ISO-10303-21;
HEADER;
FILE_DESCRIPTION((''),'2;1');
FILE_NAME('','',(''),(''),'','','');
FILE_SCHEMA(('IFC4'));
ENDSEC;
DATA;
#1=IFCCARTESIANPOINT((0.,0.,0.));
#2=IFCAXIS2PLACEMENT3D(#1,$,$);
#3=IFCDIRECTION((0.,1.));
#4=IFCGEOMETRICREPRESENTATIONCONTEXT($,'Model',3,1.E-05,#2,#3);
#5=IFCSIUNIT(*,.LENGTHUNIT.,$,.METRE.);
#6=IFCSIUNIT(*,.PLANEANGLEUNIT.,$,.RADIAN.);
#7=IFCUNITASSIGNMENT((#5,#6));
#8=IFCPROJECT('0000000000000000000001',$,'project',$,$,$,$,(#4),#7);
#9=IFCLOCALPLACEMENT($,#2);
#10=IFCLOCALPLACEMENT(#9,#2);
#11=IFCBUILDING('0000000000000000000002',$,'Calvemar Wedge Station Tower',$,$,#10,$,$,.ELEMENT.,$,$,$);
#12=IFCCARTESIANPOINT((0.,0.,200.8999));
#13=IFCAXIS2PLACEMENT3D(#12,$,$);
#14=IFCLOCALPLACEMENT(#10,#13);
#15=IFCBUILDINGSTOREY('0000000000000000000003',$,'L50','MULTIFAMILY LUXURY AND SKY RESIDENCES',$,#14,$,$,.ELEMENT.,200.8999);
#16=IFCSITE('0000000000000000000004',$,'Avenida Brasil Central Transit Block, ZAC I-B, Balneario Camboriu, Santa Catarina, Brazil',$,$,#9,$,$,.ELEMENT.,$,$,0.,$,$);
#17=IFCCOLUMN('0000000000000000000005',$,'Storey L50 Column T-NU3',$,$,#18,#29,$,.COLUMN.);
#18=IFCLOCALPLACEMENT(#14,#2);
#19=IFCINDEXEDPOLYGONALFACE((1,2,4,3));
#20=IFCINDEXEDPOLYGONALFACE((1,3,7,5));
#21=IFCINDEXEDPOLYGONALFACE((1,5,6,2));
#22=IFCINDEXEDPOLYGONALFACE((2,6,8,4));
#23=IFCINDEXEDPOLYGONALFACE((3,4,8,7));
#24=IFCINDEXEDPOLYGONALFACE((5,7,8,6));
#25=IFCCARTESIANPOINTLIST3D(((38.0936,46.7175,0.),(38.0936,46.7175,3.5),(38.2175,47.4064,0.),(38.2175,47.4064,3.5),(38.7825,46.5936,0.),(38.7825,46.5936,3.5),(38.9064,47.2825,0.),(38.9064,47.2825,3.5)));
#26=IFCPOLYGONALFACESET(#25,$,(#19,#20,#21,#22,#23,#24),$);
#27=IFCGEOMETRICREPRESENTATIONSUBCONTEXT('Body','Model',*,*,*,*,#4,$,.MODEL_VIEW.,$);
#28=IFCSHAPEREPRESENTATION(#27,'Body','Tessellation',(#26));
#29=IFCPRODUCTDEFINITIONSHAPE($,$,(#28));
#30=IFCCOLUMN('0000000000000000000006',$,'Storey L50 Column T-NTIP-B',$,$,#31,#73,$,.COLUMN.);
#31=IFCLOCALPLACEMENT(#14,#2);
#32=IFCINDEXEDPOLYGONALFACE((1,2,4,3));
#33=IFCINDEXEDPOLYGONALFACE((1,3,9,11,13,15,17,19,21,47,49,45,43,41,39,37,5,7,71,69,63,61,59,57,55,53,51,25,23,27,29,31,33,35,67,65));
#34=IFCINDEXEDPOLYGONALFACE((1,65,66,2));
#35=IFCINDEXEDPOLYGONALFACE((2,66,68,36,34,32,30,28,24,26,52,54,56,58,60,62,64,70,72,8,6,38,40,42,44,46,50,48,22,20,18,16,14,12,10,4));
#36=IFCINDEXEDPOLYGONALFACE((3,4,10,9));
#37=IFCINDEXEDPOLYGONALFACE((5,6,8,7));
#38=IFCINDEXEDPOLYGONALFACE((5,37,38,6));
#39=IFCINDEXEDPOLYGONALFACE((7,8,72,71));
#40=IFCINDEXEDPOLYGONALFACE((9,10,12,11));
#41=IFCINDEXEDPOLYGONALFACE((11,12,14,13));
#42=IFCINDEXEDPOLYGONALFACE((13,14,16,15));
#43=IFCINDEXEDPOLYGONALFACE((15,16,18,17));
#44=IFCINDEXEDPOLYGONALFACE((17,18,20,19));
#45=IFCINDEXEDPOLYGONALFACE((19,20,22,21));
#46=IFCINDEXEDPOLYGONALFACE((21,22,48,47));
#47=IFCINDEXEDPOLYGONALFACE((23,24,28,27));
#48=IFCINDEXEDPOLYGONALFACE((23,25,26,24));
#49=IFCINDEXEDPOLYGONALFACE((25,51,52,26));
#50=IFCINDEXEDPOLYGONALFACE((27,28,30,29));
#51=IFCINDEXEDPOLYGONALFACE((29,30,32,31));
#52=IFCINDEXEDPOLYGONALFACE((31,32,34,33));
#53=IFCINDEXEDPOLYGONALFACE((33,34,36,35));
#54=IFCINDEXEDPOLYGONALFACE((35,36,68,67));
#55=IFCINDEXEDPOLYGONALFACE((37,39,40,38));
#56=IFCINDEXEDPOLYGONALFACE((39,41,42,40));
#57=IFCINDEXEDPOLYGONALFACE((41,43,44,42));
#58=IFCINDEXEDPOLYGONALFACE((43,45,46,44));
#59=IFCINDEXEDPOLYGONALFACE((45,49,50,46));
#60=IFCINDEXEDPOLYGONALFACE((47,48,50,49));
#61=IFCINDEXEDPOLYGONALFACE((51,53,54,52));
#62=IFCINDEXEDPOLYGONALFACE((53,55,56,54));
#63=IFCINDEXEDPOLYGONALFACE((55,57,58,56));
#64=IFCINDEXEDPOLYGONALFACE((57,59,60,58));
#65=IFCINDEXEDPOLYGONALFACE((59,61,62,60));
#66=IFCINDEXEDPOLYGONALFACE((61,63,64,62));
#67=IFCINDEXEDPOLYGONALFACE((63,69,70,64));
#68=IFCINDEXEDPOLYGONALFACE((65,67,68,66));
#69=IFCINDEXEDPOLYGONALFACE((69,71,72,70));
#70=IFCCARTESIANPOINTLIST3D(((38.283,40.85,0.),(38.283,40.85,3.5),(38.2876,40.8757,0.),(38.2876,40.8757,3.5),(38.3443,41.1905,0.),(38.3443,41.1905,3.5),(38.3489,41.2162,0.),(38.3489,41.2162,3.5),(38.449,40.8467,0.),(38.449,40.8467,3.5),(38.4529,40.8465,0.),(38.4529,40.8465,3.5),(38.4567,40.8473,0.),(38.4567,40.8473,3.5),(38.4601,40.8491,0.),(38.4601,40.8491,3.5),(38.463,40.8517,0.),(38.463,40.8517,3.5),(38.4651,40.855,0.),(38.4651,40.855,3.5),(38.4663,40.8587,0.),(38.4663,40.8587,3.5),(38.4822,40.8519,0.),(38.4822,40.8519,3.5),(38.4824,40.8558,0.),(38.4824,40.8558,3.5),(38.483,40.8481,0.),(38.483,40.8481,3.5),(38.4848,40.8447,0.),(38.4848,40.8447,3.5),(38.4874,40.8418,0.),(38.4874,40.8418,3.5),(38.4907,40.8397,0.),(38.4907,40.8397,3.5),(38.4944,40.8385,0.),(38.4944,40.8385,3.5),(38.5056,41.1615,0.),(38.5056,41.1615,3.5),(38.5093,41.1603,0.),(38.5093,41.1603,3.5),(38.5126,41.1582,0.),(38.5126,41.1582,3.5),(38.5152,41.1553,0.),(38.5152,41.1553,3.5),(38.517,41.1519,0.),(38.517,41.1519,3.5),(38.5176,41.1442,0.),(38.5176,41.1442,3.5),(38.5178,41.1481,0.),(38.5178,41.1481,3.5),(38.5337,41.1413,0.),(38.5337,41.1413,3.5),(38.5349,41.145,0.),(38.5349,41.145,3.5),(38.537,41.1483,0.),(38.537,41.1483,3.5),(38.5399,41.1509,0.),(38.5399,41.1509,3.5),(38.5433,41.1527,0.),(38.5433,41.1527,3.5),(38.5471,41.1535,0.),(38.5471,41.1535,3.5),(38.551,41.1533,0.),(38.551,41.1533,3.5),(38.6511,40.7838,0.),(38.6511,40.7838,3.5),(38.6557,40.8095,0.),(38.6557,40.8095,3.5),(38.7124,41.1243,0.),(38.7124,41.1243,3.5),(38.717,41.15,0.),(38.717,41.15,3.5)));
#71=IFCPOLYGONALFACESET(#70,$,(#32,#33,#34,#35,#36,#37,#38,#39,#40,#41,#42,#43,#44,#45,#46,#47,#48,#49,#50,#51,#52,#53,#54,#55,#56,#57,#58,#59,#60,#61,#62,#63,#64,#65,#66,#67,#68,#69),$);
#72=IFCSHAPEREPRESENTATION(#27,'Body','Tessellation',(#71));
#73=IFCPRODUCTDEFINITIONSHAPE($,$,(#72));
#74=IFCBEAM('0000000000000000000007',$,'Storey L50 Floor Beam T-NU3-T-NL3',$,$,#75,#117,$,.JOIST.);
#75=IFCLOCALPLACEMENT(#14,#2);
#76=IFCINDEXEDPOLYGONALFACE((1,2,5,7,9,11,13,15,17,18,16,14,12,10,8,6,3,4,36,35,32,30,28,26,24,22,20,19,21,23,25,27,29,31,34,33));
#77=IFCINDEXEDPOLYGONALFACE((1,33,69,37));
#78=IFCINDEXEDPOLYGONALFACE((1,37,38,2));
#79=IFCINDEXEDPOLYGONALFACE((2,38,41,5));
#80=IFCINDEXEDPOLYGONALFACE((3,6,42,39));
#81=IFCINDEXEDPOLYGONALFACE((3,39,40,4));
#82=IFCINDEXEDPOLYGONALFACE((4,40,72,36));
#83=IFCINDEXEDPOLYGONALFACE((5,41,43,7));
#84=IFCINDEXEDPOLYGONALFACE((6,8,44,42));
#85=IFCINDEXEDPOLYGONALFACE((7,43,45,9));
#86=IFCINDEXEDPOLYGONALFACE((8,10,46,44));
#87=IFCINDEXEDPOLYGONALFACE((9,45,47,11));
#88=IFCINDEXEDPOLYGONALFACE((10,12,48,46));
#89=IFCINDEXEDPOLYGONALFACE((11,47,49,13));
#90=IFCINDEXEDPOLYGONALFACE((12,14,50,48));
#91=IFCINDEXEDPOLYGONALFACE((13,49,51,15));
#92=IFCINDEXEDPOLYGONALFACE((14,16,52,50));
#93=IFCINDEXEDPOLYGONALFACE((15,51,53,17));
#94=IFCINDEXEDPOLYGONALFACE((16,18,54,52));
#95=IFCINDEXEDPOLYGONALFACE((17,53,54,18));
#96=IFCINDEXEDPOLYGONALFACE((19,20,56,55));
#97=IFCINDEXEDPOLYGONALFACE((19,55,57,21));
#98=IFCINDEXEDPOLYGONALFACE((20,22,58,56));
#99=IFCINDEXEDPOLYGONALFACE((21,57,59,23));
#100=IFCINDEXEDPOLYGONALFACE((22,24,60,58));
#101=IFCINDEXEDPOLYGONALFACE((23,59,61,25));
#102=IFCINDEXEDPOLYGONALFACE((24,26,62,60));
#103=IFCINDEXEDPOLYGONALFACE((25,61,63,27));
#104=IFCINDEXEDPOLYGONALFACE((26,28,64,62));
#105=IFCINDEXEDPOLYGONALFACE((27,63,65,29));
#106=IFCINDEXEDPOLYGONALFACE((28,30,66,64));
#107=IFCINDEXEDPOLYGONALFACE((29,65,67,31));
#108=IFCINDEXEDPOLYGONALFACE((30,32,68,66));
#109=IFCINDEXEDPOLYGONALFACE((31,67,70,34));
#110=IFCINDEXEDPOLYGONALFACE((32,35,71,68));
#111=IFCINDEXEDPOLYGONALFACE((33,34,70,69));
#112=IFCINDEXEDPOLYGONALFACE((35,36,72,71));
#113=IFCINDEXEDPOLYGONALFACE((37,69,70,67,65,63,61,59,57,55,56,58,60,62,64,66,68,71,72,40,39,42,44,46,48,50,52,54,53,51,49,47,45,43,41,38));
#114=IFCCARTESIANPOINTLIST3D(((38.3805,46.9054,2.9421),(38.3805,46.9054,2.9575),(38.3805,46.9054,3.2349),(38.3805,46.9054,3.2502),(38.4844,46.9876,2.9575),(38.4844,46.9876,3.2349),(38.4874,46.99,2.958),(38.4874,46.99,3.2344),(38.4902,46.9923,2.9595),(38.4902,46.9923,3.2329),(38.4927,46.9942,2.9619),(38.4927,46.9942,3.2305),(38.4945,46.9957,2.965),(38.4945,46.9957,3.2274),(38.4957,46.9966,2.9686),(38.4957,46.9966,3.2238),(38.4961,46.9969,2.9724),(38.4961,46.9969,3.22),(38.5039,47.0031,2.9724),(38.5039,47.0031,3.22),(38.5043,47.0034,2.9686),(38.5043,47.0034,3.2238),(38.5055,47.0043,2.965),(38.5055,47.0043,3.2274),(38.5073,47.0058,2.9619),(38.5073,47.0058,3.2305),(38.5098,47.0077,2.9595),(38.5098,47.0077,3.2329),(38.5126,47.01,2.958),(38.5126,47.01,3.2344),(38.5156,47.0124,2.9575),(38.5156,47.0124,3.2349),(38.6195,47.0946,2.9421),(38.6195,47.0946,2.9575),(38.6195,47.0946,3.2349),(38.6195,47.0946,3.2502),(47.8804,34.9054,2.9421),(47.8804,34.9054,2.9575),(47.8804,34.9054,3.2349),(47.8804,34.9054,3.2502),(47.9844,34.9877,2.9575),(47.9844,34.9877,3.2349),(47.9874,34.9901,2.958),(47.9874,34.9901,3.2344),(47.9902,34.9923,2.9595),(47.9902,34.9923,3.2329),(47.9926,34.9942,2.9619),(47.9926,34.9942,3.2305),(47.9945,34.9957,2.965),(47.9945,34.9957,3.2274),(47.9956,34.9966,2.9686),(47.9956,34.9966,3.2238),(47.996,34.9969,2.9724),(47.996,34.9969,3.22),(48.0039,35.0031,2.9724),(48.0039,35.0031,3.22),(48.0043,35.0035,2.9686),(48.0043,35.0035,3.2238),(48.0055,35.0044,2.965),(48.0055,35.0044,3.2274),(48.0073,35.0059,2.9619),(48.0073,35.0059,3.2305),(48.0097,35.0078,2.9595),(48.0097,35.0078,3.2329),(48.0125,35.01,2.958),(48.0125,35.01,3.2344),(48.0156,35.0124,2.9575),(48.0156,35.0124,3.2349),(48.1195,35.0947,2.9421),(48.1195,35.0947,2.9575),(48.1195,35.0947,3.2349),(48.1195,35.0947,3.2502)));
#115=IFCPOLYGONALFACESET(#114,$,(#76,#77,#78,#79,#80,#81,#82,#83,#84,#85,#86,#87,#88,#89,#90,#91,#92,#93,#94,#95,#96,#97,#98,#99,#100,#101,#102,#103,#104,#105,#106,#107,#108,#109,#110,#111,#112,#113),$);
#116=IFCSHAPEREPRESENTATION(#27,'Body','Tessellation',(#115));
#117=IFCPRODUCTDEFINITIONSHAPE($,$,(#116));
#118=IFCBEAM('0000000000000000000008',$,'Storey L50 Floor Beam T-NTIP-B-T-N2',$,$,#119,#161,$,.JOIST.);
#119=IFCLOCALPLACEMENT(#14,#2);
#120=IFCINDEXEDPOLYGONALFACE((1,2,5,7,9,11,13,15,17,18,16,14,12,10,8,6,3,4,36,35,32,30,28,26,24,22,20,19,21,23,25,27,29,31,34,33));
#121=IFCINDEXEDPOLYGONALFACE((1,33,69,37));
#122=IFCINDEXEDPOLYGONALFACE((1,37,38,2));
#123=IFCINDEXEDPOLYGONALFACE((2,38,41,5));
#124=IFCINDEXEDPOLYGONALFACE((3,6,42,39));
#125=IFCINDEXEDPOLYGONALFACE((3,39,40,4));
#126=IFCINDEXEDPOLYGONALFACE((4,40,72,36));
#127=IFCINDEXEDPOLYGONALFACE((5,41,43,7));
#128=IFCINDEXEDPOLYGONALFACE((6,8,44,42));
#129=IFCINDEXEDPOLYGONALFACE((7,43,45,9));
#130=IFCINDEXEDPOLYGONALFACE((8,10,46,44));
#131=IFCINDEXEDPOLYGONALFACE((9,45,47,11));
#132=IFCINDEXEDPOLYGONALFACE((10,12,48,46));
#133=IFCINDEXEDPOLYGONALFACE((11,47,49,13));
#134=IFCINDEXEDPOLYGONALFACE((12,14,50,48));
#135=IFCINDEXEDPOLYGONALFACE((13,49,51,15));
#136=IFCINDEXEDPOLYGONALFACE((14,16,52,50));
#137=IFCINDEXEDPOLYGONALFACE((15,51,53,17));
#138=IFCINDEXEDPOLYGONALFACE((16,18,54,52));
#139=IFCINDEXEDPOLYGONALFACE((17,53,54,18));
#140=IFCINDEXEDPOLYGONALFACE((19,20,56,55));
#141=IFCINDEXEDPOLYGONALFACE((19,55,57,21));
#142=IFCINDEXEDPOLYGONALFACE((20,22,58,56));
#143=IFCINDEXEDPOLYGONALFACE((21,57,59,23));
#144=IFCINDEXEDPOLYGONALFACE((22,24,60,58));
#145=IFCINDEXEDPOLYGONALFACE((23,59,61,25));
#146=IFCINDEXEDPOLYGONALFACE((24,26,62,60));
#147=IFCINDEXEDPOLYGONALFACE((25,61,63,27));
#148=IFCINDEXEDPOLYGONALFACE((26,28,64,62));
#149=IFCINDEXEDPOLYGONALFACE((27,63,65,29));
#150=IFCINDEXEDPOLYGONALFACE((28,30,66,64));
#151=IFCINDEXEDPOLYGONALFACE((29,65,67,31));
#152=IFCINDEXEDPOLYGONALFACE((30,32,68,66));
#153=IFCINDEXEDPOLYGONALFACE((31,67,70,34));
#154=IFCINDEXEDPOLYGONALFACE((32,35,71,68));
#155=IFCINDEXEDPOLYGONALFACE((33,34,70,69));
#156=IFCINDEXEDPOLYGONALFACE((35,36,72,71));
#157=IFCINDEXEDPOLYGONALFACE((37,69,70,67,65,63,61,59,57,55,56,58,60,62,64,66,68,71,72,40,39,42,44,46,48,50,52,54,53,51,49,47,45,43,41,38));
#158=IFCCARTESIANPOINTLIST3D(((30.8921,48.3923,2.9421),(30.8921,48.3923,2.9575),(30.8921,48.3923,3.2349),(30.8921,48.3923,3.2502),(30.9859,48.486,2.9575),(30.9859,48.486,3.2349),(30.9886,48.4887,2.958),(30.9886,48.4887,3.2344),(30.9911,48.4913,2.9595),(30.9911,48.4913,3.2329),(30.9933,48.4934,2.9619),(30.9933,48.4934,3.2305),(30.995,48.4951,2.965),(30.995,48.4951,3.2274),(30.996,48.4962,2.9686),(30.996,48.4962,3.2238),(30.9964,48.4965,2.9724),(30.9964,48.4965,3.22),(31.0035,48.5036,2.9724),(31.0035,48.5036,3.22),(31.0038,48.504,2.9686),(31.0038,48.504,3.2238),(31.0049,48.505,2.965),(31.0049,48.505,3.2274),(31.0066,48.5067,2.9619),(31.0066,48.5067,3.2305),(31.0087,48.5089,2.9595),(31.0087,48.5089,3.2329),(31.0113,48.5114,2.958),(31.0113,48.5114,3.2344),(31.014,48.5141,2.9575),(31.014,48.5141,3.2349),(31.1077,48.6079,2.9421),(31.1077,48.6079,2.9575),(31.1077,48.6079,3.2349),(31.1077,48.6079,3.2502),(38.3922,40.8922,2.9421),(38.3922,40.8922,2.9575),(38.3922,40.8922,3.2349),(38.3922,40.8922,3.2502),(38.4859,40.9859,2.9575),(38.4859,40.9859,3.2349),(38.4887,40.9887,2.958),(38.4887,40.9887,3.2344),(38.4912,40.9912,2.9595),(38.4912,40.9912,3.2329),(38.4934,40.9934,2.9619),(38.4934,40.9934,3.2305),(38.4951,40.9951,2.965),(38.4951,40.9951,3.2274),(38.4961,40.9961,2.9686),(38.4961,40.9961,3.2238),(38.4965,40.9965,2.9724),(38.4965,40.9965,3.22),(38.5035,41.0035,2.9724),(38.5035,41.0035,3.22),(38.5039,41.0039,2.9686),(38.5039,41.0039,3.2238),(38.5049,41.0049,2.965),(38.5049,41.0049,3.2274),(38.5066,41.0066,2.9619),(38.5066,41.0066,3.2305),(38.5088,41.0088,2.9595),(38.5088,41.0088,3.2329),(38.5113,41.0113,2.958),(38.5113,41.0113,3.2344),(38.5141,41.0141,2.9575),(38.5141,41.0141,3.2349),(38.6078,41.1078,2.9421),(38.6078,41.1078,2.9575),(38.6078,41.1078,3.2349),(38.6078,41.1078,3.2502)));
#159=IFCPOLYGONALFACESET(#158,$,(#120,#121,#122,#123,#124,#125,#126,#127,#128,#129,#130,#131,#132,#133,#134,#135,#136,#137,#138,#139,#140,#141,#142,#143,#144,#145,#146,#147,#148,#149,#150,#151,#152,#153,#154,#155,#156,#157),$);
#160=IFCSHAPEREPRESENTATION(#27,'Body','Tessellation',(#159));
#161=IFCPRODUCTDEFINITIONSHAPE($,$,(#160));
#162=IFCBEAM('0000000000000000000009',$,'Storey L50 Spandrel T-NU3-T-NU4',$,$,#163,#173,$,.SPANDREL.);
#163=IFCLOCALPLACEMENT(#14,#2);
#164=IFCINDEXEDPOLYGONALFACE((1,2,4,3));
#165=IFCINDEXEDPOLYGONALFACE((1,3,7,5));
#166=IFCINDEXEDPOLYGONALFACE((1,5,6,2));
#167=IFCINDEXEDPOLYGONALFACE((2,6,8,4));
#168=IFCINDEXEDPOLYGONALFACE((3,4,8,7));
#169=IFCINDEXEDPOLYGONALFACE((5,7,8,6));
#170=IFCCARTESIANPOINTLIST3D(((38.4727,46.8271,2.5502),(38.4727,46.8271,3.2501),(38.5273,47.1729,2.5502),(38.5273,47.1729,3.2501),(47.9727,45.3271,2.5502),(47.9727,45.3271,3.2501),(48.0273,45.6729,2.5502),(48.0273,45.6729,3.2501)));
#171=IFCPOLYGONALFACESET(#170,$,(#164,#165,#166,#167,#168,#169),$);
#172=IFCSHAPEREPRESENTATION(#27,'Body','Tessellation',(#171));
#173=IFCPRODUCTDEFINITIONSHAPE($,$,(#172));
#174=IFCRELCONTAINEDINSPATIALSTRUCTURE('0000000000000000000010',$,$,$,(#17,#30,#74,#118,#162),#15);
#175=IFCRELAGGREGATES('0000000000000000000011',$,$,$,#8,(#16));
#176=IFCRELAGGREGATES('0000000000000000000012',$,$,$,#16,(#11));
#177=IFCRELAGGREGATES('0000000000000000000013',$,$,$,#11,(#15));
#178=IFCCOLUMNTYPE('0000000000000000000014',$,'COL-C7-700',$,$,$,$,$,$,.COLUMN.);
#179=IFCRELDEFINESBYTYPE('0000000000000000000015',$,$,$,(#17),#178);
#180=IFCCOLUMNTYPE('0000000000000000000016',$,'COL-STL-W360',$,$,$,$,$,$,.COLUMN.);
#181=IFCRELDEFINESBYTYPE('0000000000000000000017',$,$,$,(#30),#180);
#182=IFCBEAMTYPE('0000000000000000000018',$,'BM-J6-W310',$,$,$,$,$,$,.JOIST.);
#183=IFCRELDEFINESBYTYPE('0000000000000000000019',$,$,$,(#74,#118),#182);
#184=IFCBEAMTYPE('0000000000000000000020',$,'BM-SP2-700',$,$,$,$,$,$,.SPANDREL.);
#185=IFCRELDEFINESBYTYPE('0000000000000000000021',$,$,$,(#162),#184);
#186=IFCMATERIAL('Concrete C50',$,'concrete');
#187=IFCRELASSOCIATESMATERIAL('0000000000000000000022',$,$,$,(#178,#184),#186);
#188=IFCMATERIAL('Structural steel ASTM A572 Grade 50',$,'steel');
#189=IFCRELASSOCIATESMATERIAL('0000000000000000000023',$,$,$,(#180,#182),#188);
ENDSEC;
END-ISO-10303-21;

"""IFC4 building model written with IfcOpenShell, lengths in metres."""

from ifc_helpers import new_model, si_unit, direction, frame, origin, origin_2d, place, context, subcontext, project, spatial, rectangle, i_section, extrude, source, transform, mapped, material, material_profile, profile_set, type_object, element, save


model = new_model("IFC4")

# Units and contexts
model_context = context("Model", 3, precision=1e-05, world=origin(), true_north=direction((0.0, 1.0)))
body_context = subcontext(model_context, "Body", "Model", "MODEL_VIEW")
ifc_project = project(units=[si_unit("LENGTHUNIT", "METRE"), si_unit("PLANEANGLEUNIT", "RADIAN")], contexts=[model_context])

# Site, building, storey
site_placement = place(None, origin())
site = spatial("IfcSite", under=ifc_project, at=site_placement, Name="Avenida Brasil Central Transit Block, ZAC I-B, Balneario Camboriu, Santa Catarina, Brazil", CompositionType="ELEMENT", RefElevation=0.0)
building_placement = place(site_placement, origin())
building = spatial("IfcBuilding", under=site, at=building_placement, Name="Calvemar Wedge Station Tower", CompositionType="ELEMENT")
storey_placement = place(building_placement, frame((0.0, 0.0, 200.8999)))
storey = spatial("IfcBuildingStorey", under=building, at=storey_placement, Name="L50", Description="MULTIFAMILY LUXURY AND SKY RESIDENCES", CompositionType="ELEMENT", Elevation=200.8999)

# Columns
ifc_material_1 = material(Name="Concrete C50", Category="concrete")
ifc_material_profile_1 = material_profile(ifc_material_1, rectangle(XDim=0.7, YDim=0.7, at=origin_2d()), Name="RC700x700")
ifc_profile_set_1 = profile_set([ifc_material_profile_1], Name="Concrete C50")
column_type_1 = type_object("IfcColumnType", Name="COL-C7-700", PredefinedType="COLUMN", material=ifc_profile_set_1)
shared_shape_1 = source(origin(), body_context, "Body", "SweptSolid", [
    extrude(rectangle(XDim=0.7, YDim=0.7, at=origin_2d()), origin(), (0.0, 0.0, 1.0), 3.5),
])
column_1_placement = place(storey_placement, frame((38.5, 47.0, 0.0), z_axis=(0.0, 0.0, 1.0), x_axis=(0.984196, -0.177085, 0.0)))
element("IfcColumn", 1, at=column_1_placement, inside=storey, type_object=column_type_1, Name="Storey L50 Column T-NU3", PredefinedType="COLUMN", context=body_context, shape_type="MappedRepresentation", body=[
    mapped(shared_shape_1, transform((0.0, 0.0, 0.0), scale=1.0)),
])
ifc_material_2 = material(Name="Structural steel ASTM A572 Grade 50", Category="steel")
ifc_material_profile_2 = material_profile(ifc_material_2, i_section(OverallWidth=0.374, OverallDepth=0.3721, WebThickness=0.0164, FlangeThickness=0.0261, FilletRadius=0.0149, at=origin_2d()), Name="W360x196")
ifc_profile_set_2 = profile_set([ifc_material_profile_2], Name="Structural steel ASTM A572 Grade 50")
column_type_2 = type_object("IfcColumnType", Name="COL-STL-W360", PredefinedType="COLUMN", material=ifc_profile_set_2)
shared_shape_2 = source(origin(), body_context, "Body", "SweptSolid", [
    extrude(i_section(OverallWidth=0.374, OverallDepth=0.3721, WebThickness=0.0164, FlangeThickness=0.0261, FilletRadius=0.0149, at=origin_2d()), origin(), (0.0, 0.0, 1.0), 3.5),
])
column_2_placement = place(storey_placement, frame((38.5, 41.0, 0.0), z_axis=(0.0, 0.0, 1.0), x_axis=(0.984196, -0.177085, 0.0)))
element("IfcColumn", 2, at=column_2_placement, inside=storey, type_object=column_type_2, Name="Storey L50 Column T-NTIP-B", PredefinedType="COLUMN", context=body_context, shape_type="MappedRepresentation", body=[
    mapped(shared_shape_2, transform((0.0, 0.0, 0.0), scale=1.0)),
])

# Beams
ifc_material_profile_3 = material_profile(ifc_material_2, i_section(OverallWidth=0.3049, OverallDepth=0.3081, WebThickness=0.01, FlangeThickness=0.0154, FilletRadius=0.0149, at=origin_2d()), Name="W310x97")
ifc_profile_set_3 = profile_set([ifc_material_profile_3], Name="Structural steel ASTM A572 Grade 50")
beam_type_1 = type_object("IfcBeamType", Name="BM-J6-W310", PredefinedType="JOIST", material=ifc_profile_set_3)
shared_shape_3 = source(origin(), body_context, "Body", "SweptSolid", [
    extrude(i_section(OverallWidth=0.3049, OverallDepth=0.3081, WebThickness=0.01, FlangeThickness=0.0154, FilletRadius=0.0149, at=origin_2d()), origin(), (0.0, 0.0, 1.0), 15.3052),
])
beam_1_placement = place(storey_placement, frame((38.5, 47.0, 3.0962), z_axis=(0.620703, -0.784046, 0.0), x_axis=(0.784046, 0.620703, 0.0)))
element("IfcBeam", 3, at=beam_1_placement, inside=storey, type_object=beam_type_1, Name="Storey L50 Floor Beam T-NU3-T-NL3", PredefinedType="JOIST", context=body_context, shape_type="MappedRepresentation", body=[
    mapped(shared_shape_3, transform((0.0, 0.0, 0.0), scale=1.0)),
])
shared_shape_4 = source(origin(), body_context, "Body", "SweptSolid", [
    extrude(i_section(OverallWidth=0.3049, OverallDepth=0.3081, WebThickness=0.01, FlangeThickness=0.0154, FilletRadius=0.0149, at=origin_2d()), origin(), (0.0, 0.0, 1.0), 10.6067),
])
beam_2_placement = place(storey_placement, frame((38.5, 41.0, 3.0962), z_axis=(-0.707107, 0.707107, 0.0), x_axis=(-0.707107, -0.707107, 0.0)))
element("IfcBeam", 4, at=beam_2_placement, inside=storey, type_object=beam_type_1, Name="Storey L50 Floor Beam T-NTIP-B-T-N2", PredefinedType="JOIST", context=body_context, shape_type="MappedRepresentation", body=[
    mapped(shared_shape_4, transform((0.0, 0.0, 0.0), scale=1.0)),
])
ifc_material_profile_4 = material_profile(ifc_material_1, rectangle(XDim=0.3501, YDim=0.7, at=origin_2d()), Name="RC350x700")
ifc_profile_set_4 = profile_set([ifc_material_profile_4], Name="Concrete C50")
beam_type_2 = type_object("IfcBeamType", Name="BM-SP2-700", PredefinedType="SPANDREL", material=ifc_profile_set_4)
shared_shape_5 = source(origin(), body_context, "Body", "SweptSolid", [
    extrude(rectangle(XDim=0.3501, YDim=0.7, at=origin_2d()), origin(), (0.0, 0.0, 1.0), 9.6177),
])
beam_3_placement = place(storey_placement, frame((38.5, 47.0, 2.9001), z_axis=(0.987763, -0.155963, 0.0), x_axis=(0.155963, 0.987763, 0.0)))
element("IfcBeam", 5, at=beam_3_placement, inside=storey, type_object=beam_type_2, Name="Storey L50 Spandrel T-NU3-T-NU4", PredefinedType="SPANDREL", context=body_context, shape_type="MappedRepresentation", body=[
    mapped(shared_shape_5, transform((0.0, 0.0, 0.0), scale=1.0)),
])

save(model, "model.ifc")
